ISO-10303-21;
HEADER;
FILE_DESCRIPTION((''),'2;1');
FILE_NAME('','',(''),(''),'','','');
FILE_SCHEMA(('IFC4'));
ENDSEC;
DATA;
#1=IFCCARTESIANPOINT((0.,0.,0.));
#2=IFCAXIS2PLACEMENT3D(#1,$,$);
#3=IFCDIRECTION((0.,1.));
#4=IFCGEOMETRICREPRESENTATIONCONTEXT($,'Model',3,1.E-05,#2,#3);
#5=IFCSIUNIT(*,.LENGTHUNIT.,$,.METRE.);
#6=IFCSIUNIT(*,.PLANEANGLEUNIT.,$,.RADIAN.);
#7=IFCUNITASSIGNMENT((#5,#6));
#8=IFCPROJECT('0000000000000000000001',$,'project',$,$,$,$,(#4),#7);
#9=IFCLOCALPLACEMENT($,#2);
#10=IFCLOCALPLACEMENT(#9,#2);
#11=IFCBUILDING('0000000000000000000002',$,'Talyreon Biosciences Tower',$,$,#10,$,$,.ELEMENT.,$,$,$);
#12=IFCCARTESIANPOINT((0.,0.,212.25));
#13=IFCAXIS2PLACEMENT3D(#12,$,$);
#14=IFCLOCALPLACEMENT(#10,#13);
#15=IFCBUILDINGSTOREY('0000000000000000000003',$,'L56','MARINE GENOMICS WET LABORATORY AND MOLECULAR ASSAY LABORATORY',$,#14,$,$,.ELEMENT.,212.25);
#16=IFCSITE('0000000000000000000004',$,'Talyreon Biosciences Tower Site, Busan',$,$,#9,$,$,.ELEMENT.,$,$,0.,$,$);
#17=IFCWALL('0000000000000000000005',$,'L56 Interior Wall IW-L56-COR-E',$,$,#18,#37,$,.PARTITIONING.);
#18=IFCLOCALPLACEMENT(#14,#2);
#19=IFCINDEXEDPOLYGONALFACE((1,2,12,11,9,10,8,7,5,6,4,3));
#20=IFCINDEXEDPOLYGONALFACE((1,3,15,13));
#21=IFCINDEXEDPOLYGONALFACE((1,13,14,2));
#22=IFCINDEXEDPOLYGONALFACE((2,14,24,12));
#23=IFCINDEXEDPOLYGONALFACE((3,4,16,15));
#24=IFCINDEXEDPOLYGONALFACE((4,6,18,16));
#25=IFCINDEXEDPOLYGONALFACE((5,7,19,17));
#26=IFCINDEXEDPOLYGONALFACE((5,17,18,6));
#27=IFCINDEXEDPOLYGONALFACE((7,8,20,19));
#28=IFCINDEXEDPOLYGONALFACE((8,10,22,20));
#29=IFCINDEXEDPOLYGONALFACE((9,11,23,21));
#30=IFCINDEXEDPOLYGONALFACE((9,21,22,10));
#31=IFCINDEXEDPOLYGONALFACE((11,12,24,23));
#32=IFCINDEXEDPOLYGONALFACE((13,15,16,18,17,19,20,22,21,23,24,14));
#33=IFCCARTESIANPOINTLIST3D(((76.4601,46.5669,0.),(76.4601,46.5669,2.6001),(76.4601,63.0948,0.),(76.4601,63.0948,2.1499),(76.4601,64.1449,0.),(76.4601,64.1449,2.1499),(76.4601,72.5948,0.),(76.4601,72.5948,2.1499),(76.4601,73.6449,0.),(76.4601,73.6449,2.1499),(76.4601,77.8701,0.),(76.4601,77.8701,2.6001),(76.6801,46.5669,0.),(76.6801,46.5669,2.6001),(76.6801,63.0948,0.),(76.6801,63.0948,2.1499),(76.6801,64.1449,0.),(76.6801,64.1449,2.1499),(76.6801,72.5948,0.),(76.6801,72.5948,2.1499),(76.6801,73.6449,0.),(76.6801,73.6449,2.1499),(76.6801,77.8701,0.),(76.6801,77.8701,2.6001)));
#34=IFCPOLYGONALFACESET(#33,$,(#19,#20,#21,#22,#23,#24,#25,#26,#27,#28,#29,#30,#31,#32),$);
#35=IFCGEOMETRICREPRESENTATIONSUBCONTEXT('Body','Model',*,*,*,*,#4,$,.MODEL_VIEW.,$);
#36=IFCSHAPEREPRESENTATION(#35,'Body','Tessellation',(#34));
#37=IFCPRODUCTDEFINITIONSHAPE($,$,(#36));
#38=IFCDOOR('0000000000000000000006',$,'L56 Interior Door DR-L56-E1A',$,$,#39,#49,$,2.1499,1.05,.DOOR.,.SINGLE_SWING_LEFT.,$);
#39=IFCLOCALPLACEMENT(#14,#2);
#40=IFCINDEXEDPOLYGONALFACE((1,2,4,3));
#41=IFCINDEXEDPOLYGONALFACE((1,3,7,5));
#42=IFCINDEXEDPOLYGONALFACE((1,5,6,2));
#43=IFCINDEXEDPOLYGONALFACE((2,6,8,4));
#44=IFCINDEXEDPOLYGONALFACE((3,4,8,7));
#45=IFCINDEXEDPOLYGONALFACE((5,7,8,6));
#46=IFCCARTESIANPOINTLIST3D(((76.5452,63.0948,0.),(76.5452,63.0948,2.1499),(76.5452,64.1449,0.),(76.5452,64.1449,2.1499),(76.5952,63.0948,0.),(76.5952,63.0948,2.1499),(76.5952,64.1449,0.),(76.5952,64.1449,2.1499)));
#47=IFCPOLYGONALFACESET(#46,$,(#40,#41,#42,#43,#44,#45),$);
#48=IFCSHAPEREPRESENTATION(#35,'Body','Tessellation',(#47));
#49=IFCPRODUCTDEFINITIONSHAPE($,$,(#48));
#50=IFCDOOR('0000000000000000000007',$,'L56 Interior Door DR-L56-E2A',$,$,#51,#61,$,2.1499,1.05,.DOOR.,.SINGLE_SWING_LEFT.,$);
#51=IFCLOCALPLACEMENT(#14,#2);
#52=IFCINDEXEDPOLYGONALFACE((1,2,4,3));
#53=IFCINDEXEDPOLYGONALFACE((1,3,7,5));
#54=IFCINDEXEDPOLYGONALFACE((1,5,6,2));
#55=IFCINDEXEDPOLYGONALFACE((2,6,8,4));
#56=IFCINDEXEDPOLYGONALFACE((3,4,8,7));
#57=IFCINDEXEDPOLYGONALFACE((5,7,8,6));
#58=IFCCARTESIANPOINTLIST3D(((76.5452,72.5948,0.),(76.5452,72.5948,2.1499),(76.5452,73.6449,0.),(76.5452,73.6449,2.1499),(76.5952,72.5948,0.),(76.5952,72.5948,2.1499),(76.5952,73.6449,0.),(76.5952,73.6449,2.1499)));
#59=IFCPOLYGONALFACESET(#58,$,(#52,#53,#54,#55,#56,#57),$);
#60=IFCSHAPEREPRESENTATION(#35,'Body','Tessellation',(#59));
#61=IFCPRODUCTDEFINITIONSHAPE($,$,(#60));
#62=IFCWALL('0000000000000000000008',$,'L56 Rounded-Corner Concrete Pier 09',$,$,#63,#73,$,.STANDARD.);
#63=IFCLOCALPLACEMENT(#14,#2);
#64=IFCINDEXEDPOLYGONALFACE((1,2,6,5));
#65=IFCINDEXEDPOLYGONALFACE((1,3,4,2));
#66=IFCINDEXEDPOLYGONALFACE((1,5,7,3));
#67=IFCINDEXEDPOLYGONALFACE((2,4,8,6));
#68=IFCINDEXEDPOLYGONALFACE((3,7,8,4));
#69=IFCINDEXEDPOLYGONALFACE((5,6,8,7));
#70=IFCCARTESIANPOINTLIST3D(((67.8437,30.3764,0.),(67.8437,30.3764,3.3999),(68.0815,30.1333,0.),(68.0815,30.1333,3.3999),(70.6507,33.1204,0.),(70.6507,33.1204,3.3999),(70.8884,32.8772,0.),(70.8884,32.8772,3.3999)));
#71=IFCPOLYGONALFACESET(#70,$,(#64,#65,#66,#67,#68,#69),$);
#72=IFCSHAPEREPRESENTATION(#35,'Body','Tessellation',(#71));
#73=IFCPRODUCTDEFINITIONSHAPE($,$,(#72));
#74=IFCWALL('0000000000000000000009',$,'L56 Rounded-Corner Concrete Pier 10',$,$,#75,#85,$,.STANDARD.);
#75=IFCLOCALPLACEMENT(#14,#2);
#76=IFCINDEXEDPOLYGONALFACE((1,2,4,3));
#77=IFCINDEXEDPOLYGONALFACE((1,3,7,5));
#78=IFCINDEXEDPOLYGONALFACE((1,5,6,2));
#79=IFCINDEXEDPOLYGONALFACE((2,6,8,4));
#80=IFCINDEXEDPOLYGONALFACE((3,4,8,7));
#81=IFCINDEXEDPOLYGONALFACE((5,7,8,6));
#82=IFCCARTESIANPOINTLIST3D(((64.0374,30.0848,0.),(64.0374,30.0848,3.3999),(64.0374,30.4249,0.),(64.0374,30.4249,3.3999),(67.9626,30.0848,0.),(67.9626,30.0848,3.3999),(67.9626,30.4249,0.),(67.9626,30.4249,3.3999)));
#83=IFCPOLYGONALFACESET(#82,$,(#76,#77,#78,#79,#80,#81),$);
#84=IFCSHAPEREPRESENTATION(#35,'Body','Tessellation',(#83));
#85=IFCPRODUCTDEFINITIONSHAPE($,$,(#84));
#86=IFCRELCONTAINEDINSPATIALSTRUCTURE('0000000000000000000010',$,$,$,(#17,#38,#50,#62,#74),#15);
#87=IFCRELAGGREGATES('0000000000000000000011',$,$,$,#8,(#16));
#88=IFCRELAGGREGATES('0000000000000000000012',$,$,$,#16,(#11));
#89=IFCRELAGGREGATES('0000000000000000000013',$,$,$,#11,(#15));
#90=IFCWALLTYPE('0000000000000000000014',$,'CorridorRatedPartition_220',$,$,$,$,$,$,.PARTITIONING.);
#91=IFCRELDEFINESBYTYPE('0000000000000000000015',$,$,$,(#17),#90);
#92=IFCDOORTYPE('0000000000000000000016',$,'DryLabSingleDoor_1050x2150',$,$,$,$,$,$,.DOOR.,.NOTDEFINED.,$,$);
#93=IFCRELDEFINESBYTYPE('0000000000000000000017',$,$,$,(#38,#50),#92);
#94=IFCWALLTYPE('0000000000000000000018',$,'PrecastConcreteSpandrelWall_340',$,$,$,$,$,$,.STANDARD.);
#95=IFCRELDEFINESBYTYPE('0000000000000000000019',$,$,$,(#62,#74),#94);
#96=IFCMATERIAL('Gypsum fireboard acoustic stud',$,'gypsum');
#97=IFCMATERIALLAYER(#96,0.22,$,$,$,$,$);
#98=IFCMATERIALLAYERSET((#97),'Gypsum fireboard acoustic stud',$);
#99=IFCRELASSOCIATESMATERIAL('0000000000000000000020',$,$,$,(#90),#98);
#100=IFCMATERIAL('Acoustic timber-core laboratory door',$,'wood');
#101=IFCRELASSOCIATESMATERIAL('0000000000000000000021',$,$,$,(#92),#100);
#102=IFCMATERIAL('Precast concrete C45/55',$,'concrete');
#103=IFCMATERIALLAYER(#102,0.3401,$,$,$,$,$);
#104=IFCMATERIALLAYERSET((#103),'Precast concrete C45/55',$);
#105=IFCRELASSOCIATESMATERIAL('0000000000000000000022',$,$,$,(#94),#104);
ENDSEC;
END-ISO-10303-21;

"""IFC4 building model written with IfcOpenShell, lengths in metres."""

from ifc_helpers import new_model, si_unit, direction, frame, frame_2d, origin, place, context, subcontext, project, spatial, rectangle, extrude, material, layer, layer_set, type_object, element, fill, save


model = new_model("IFC4")

# Units and contexts
model_context = context("Model", 3, precision=1e-05, world=origin(), true_north=direction((0.0, 1.0)))
body_context = subcontext(model_context, "Body", "Model", "MODEL_VIEW")
ifc_project = project(units=[si_unit("LENGTHUNIT", "METRE"), si_unit("PLANEANGLEUNIT", "RADIAN")], contexts=[model_context])

# Site, building, storey
site_placement = place(None, origin())
site = spatial("IfcSite", under=ifc_project, at=site_placement, Name="Talyreon Biosciences Tower Site, Busan", CompositionType="ELEMENT", RefElevation=0.0)
building_placement = place(site_placement, origin())
building = spatial("IfcBuilding", under=site, at=building_placement, Name="Talyreon Biosciences Tower", CompositionType="ELEMENT")
storey_placement = place(building_placement, frame((0.0, 0.0, 212.25)))
storey = spatial("IfcBuildingStorey", under=building, at=storey_placement, Name="L56", Description="MARINE GENOMICS WET LABORATORY AND MOLECULAR ASSAY LABORATORY", CompositionType="ELEMENT", Elevation=212.25)

# Shared definitions
ifc_material_1 = material(Name="Precast concrete C45/55", Category="concrete")

# Wall, openings, doors
ifc_material_2 = material(Name="Gypsum fireboard acoustic stud", Category="gypsum")
ifc_layer_1 = layer(ifc_material_2, 0.22)
ifc_layer_set_1 = layer_set([ifc_layer_1], Name="Gypsum fireboard acoustic stud")
wall_type_1 = type_object("IfcWallType", Name="CorridorRatedPartition_220", PredefinedType="PARTITIONING", material=ifc_layer_set_1)
wall_placement = place(storey_placement, frame((76.5701, 46.5669, 0.0), z_axis=(0.0, 0.0, 1.0), x_axis=(0.0, 1.0, 0.0)))
wall = element("IfcWall", 1, at=wall_placement, inside=storey, type_object=wall_type_1, Name="L56 Interior Wall IW-L56-COR-E", PredefinedType="PARTITIONING", context=body_context, shape_type="SweptSolid", body=[
    extrude(rectangle(XDim=31.3032, YDim=0.22, at=frame_2d((15.6516, 0.0))), origin(), (0.0, 0.0, 1.0), 2.6001),
])
opening_1_placement = place(wall_placement, frame((16.5281, 0.0, 0.0)))
opening_1 = element("IfcOpeningElement", 2, at=opening_1_placement, cuts=wall, PredefinedType="OPENING", context=body_context, shape_type="SweptSolid", body=[
    extrude(rectangle(XDim=1.05, YDim=2.1499, at=frame_2d((0.5249, 1.075))), frame((0.0, 0.1199, 0.0), z_axis=(0.0, -1.0, 0.0), x_axis=(1.0, 0.0, 0.0)), (0.0, 0.0, 1.0), 0.24),
])
opening_2_placement = place(wall_placement, frame((26.0281, 0.0, 0.0)))
opening_2 = element("IfcOpeningElement", 3, at=opening_2_placement, cuts=wall, PredefinedType="OPENING", context=body_context, shape_type="SweptSolid", body=[
    extrude(rectangle(XDim=1.05, YDim=2.1499, at=frame_2d((0.5249, 1.075))), frame((0.0, 0.1199, 0.0), z_axis=(0.0, -1.0, 0.0), x_axis=(1.0, 0.0, 0.0)), (0.0, 0.0, 1.0), 0.24),
])
ifc_material_3 = material(Name="Acoustic timber-core laboratory door", Category="wood")
door_type = type_object("IfcDoorType", Name="DryLabSingleDoor_1050x2150", OperationType="NOTDEFINED", PredefinedType="DOOR", material=ifc_material_3)
door_1_placement = place(opening_1_placement, origin())
door_1 = element("IfcDoor", 4, at=door_1_placement, inside=storey, type_object=door_type, Name="L56 Interior Door DR-L56-E1A", OperationType="SINGLE_SWING_LEFT", OverallHeight=2.1499, OverallWidth=1.05, PredefinedType="DOOR", context=body_context, shape_type="SweptSolid", body=[
    extrude(rectangle(XDim=1.05, YDim=2.1499, at=frame_2d((0.5249, 1.075))), frame((0.0, 0.0249, 0.0), z_axis=(0.0, -1.0, 0.0), x_axis=(1.0, 0.0, 0.0)), (0.0, 0.0, 1.0), 0.05),
])
fill(opening_1, door_1)
door_2_placement = place(opening_2_placement, origin())
door_2 = element("IfcDoor", 5, at=door_2_placement, inside=storey, type_object=door_type, Name="L56 Interior Door DR-L56-E2A", OperationType="SINGLE_SWING_LEFT", OverallHeight=2.1499, OverallWidth=1.05, PredefinedType="DOOR", context=body_context, shape_type="SweptSolid", body=[
    extrude(rectangle(XDim=1.05, YDim=2.1499, at=frame_2d((0.5249, 1.075))), frame((0.0, 0.0249, 0.0), z_axis=(0.0, -1.0, 0.0), x_axis=(1.0, 0.0, 0.0)), (0.0, 0.0, 1.0), 0.05),
])
fill(opening_2, door_2)

# Walls
ifc_layer_2 = layer(ifc_material_1, 0.3401)
ifc_layer_set_2 = layer_set([ifc_layer_2], Name="Precast concrete C45/55")
wall_type_2 = type_object("IfcWallType", Name="PrecastConcreteSpandrelWall_340", PredefinedType="STANDARD", material=ifc_layer_set_2)
for number, where, z_axis, x_axis, name in (
    (6, (70.7695, 32.9988, 0.0), (0.0, 0.0, 1.0), (-0.715085, -0.699038, 0.0), "L56 Rounded-Corner Concrete Pier 09"),
    (7, (67.9626, 30.2549, 0.0), (0.0, 0.0, 1.0), (-1.0, 0.0, 0.0), "L56 Rounded-Corner Concrete Pier 10"),
):
    element("IfcWall", number, at=place(storey_placement, frame(where, z_axis=z_axis, x_axis=x_axis)), inside=storey, type_object=wall_type_2, Name=name, PredefinedType="STANDARD", context=body_context, shape_type="SweptSolid", body=[
        extrude(rectangle(XDim=3.9253, YDim=0.3401, at=frame_2d((1.9626, 0.0))), origin(), (0.0, 0.0, 1.0), 3.3999),
    ])

save(model, "model.ifc")
